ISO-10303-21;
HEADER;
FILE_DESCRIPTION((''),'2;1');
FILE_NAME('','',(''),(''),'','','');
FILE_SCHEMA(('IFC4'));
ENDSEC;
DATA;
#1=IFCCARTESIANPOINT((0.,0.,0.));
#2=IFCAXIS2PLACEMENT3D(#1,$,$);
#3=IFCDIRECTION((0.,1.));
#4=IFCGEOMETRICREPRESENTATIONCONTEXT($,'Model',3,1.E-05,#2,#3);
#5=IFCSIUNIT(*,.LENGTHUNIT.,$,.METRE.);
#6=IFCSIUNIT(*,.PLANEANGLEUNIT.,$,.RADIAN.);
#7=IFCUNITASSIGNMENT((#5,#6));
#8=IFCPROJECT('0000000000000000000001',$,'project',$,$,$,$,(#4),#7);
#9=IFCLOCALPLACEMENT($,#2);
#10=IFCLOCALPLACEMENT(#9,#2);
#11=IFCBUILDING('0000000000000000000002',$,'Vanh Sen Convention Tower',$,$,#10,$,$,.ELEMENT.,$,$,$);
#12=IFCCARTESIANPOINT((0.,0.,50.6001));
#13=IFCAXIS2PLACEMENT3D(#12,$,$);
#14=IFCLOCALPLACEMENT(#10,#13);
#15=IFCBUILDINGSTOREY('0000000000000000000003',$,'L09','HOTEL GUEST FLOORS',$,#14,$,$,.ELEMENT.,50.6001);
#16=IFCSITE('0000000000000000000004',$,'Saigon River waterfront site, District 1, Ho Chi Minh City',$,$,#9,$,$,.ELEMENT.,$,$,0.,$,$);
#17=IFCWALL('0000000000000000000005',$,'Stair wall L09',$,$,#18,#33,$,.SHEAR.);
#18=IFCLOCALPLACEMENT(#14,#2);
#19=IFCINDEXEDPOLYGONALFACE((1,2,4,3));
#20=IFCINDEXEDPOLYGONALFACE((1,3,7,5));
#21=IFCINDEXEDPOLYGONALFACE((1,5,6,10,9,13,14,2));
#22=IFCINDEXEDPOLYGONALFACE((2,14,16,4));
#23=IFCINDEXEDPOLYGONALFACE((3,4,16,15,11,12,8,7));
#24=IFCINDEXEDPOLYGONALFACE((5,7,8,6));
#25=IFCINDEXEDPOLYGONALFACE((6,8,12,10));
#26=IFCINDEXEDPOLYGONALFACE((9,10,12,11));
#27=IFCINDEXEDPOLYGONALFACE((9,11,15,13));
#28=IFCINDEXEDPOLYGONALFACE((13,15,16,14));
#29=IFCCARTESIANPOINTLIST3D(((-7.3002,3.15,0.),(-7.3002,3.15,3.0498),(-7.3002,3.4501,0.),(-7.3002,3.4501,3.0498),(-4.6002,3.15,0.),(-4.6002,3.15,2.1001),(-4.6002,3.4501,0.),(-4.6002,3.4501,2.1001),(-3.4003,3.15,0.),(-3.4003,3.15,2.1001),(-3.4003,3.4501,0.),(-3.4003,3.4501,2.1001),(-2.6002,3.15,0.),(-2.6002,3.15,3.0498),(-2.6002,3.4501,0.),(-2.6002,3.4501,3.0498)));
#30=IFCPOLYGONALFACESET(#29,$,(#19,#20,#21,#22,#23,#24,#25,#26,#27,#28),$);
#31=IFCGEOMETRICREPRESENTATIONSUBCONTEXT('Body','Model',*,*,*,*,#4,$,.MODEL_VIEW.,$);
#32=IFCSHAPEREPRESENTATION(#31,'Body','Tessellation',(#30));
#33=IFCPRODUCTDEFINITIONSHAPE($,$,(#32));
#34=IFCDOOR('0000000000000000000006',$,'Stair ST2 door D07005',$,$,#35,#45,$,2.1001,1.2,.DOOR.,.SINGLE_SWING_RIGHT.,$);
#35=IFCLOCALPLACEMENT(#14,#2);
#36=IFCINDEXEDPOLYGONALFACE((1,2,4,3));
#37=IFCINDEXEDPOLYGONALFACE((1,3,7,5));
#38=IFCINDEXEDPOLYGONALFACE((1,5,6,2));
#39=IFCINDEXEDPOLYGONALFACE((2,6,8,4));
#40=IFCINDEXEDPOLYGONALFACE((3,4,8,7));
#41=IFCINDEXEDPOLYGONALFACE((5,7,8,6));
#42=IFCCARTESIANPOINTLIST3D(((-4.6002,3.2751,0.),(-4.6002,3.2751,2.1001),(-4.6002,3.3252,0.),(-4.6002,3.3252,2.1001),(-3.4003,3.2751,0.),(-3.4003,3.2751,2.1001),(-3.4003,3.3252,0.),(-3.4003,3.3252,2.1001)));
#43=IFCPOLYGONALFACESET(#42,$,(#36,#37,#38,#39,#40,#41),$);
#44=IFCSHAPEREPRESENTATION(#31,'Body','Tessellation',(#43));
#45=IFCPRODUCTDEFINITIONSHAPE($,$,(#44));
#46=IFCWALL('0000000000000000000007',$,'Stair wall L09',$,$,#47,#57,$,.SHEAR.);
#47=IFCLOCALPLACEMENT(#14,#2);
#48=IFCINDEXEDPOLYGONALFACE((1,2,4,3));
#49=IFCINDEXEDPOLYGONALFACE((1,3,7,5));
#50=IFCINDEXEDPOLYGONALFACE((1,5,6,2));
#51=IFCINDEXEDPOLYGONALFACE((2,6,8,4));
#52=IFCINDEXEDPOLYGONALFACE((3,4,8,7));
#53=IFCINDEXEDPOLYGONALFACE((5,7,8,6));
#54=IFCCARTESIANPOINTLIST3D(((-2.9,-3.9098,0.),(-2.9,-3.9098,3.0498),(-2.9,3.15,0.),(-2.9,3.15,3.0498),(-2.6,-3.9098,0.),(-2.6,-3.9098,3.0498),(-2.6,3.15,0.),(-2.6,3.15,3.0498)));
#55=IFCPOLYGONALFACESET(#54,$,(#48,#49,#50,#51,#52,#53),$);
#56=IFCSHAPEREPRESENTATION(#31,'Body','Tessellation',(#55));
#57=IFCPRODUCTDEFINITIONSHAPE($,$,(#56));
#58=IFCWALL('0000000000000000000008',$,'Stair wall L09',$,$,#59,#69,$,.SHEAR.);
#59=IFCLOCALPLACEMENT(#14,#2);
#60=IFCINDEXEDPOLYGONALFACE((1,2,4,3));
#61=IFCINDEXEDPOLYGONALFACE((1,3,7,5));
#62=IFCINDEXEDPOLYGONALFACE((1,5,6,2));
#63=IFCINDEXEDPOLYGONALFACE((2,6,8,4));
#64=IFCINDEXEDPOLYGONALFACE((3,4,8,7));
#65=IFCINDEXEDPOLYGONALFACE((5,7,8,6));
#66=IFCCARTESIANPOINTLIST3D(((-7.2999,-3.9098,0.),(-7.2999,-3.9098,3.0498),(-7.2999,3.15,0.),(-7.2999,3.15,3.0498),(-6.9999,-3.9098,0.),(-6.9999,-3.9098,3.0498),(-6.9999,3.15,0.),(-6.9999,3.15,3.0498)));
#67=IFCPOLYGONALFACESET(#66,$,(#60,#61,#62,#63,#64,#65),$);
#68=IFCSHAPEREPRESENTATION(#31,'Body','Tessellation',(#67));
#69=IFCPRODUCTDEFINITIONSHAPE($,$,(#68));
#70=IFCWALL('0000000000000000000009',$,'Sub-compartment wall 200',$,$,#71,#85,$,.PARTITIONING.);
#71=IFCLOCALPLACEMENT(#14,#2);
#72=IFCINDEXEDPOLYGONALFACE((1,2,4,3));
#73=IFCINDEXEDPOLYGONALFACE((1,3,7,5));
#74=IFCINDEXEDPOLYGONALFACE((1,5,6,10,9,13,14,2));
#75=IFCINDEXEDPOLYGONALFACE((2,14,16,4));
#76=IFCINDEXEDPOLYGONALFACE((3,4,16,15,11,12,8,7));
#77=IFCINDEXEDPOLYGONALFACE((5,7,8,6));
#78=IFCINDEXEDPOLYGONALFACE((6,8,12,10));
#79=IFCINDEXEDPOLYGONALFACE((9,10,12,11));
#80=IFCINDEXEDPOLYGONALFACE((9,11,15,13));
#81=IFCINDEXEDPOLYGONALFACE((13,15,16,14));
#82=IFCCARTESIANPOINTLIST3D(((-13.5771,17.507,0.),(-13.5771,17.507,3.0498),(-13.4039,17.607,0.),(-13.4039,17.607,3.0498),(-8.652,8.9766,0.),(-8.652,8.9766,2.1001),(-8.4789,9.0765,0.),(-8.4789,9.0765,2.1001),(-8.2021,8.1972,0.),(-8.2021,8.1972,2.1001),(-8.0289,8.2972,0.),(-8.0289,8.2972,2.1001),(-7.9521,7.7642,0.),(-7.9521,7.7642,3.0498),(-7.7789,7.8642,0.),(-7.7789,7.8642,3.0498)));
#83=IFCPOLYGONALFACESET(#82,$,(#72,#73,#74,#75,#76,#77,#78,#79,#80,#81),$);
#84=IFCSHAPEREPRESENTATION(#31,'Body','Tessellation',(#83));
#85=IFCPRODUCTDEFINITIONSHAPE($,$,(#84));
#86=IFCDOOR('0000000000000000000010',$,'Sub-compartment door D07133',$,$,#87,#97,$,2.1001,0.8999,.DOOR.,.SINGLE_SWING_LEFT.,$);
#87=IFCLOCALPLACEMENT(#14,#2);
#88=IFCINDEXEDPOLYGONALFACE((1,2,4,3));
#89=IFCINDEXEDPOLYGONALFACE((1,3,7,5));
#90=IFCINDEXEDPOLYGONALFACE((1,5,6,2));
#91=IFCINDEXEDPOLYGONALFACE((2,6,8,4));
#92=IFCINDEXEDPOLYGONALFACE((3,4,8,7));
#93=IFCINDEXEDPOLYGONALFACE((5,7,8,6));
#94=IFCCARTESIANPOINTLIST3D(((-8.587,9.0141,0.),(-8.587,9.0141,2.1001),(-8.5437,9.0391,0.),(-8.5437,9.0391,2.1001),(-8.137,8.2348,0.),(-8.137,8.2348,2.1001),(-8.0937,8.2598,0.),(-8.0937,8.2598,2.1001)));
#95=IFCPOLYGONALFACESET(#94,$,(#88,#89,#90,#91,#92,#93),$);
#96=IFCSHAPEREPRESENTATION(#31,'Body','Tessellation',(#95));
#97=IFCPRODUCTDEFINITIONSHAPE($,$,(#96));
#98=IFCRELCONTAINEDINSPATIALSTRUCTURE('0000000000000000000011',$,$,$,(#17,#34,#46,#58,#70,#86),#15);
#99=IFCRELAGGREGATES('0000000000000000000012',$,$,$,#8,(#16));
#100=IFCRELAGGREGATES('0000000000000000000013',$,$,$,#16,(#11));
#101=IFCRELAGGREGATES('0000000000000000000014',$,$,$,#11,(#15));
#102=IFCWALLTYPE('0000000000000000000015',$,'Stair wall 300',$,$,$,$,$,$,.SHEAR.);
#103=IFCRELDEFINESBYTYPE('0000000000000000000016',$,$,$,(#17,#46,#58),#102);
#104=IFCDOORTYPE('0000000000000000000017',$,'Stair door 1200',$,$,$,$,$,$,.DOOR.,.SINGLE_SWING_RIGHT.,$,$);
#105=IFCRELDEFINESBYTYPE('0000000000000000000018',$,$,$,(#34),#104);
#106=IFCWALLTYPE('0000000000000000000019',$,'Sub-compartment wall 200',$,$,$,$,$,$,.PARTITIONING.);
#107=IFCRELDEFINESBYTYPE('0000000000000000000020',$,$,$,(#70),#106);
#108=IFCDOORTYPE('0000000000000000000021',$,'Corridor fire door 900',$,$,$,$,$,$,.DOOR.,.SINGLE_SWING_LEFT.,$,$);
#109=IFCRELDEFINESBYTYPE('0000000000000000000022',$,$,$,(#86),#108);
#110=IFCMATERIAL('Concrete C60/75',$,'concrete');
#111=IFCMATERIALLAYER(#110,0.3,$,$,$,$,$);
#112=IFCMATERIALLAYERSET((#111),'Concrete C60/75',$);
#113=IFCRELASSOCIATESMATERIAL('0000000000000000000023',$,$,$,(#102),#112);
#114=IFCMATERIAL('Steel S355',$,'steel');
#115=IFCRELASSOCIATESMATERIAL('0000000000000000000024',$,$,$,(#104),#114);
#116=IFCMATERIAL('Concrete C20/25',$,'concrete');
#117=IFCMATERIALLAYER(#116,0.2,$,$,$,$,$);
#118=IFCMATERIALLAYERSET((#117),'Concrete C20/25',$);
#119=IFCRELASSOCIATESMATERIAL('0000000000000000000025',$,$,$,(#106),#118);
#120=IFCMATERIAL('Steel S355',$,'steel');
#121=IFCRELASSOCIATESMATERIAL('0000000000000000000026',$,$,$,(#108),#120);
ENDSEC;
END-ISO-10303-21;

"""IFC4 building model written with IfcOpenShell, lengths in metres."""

from ifc_helpers import new_model, si_unit, direction, frame, frame_2d, origin, place, context, subcontext, project, spatial, rectangle, extrude, material, layer, layer_set, type_object, element, fill, save


model = new_model("IFC4")

# Units and contexts
model_context = context("Model", 3, precision=1e-05, world=origin(), true_north=direction((0.0, 1.0)))
body_context = subcontext(model_context, "Body", "Model", "MODEL_VIEW")
ifc_project = project(units=[si_unit("LENGTHUNIT", "METRE"), si_unit("PLANEANGLEUNIT", "RADIAN")], contexts=[model_context])

# Site, building, storey
site_placement = place(None, origin())
site = spatial("IfcSite", under=ifc_project, at=site_placement, Name="Saigon River waterfront site, District 1, Ho Chi Minh City", CompositionType="ELEMENT", RefElevation=0.0)
building_placement = place(site_placement, origin())
building = spatial("IfcBuilding", under=site, at=building_placement, Name="Vanh Sen Convention Tower", CompositionType="ELEMENT")
storey_placement = place(building_placement, frame((0.0, 0.0, 50.6001)))
storey = spatial("IfcBuildingStorey", under=building, at=storey_placement, Name="L09", Description="HOTEL GUEST FLOORS", CompositionType="ELEMENT", Elevation=50.6001)

# Shared definitions
ifc_material_1 = material(Name="Steel S355", Category="steel")

# Shared definitions
ifc_material_2 = material(Name="Concrete C60/75", Category="concrete")

# Shared definitions
ifc_layer_1 = layer(ifc_material_2, 0.3)
ifc_layer_set_1 = layer_set([ifc_layer_1], Name="Concrete C60/75")
wall_type_1 = type_object("IfcWallType", Name="Stair wall 300", PredefinedType="SHEAR", material=ifc_layer_set_1)

# Wall, opening, door
wall_1_placement = place(storey_placement, frame((-2.6001, 3.3, 0.0), z_axis=(0.0, 0.0, 1.0), x_axis=(-1.0, 0.0, 0.0)))
wall_1 = element("IfcWall", 1, at=wall_1_placement, inside=storey, type_object=wall_type_1, Name="Stair wall L09", PredefinedType="SHEAR", context=body_context, shape_type="SweptSolid", body=[
    extrude(rectangle(XDim=4.7, YDim=0.3, at=frame_2d((2.3501, 0.0))), origin(), (0.0, 0.0, 1.0), 3.0498),
])
opening_1_placement = place(wall_1_placement, frame((0.8, 0.0, 0.0)))
opening_1 = element("IfcOpeningElement", 2, at=opening_1_placement, cuts=wall_1, PredefinedType="OPENING", context=body_context, shape_type="SweptSolid", body=[
    extrude(rectangle(XDim=1.2, YDim=2.1001, at=frame_2d((0.6001, 1.05))), frame((0.0, 0.1599, 0.0), z_axis=(0.0, -1.0, 0.0), x_axis=(1.0, 0.0, 0.0)), (0.0, 0.0, 1.0), 0.3201),
])
door_type_1 = type_object("IfcDoorType", Name="Stair door 1200", OperationType="SINGLE_SWING_RIGHT", PredefinedType="DOOR", material=ifc_material_1)
door_1_placement = place(opening_1_placement, origin())
door_1 = element("IfcDoor", 3, at=door_1_placement, inside=storey, type_object=door_type_1, Name="Stair ST2 door D07005", OperationType="SINGLE_SWING_RIGHT", OverallHeight=2.1001, OverallWidth=1.2, PredefinedType="DOOR", context=body_context, shape_type="SweptSolid", body=[
    extrude(rectangle(XDim=1.2, YDim=2.1001, at=frame_2d((0.6001, 1.05))), frame((0.0, 0.0249, 0.0), z_axis=(0.0, -1.0, 0.0), x_axis=(1.0, 0.0, 0.0)), (0.0, 0.0, 1.0), 0.05),
])
fill(opening_1, door_1)

# Walls
for number, where, z_axis, x_axis, name in (
    (4, (-2.75, 3.1499, 0.0), (0.0, 0.0, 1.0), (0.0, -1.0, 0.0), "Stair wall L09"),
    (5, (-7.1499, 3.1499, 0.0), (0.0, 0.0, 1.0), (0.0, -1.0, 0.0), "Stair wall L09"),
):
    element("IfcWall", number, at=place(storey_placement, frame(where, z_axis=z_axis, x_axis=x_axis)), inside=storey, type_object=wall_type_1, Name=name, PredefinedType="SHEAR", context=body_context, shape_type="SweptSolid", body=[
        extrude(rectangle(XDim=7.0598, YDim=0.3, at=frame_2d((3.5298, 0.0))), origin(), (0.0, 0.0, 1.0), 3.0498),
    ])

# Wall, opening, door
ifc_material_3 = material(Name="Concrete C20/25", Category="concrete")
ifc_layer_2 = layer(ifc_material_3, 0.2)
ifc_layer_set_2 = layer_set([ifc_layer_2], Name="Concrete C20/25")
wall_type_2 = type_object("IfcWallType", Name="Sub-compartment wall 200", PredefinedType="PARTITIONING", material=ifc_layer_set_2)
wall_2_placement = place(storey_placement, frame((-7.8655, 7.8142, 0.0), z_axis=(0.0, 0.0, 1.0), x_axis=(-0.500004, 0.866023, 0.0)))
wall_2 = element("IfcWall", 6, at=wall_2_placement, inside=storey, type_object=wall_type_2, Name="Sub-compartment wall 200", PredefinedType="PARTITIONING", context=body_context, shape_type="SweptSolid", body=[
    extrude(rectangle(XDim=11.25, YDim=0.2, at=frame_2d((5.625, 0.0))), origin(), (0.0, 0.0, 1.0), 3.0498),
])
opening_2_placement = place(wall_2_placement, frame((0.5, 0.0, 0.0)))
opening_2 = element("IfcOpeningElement", 7, at=opening_2_placement, cuts=wall_2, PredefinedType="OPENING", context=body_context, shape_type="SweptSolid", body=[
    extrude(rectangle(XDim=0.8999, YDim=2.1001, at=frame_2d((0.45, 1.05))), frame((0.0, 0.1099, 0.0), z_axis=(0.0, -1.0, 0.0), x_axis=(1.0, 0.0, 0.0)), (0.0, 0.0, 1.0), 0.22),
])
ifc_material_4 = material(Name="Steel S355", Category="steel")
door_type_2 = type_object("IfcDoorType", Name="Corridor fire door 900", OperationType="SINGLE_SWING_LEFT", PredefinedType="DOOR", material=ifc_material_4)
door_2_placement = place(opening_2_placement, origin())
door_2 = element("IfcDoor", 8, at=door_2_placement, inside=storey, type_object=door_type_2, Name="Sub-compartment door D07133", OperationType="SINGLE_SWING_LEFT", OverallHeight=2.1001, OverallWidth=0.8999, PredefinedType="DOOR", context=body_context, shape_type="SweptSolid", body=[
    extrude(rectangle(XDim=0.8999, YDim=2.1001, at=frame_2d((0.45, 1.05))), frame((0.0, 0.0249, 0.0), z_axis=(0.0, -1.0, 0.0), x_axis=(1.0, 0.0, 0.0)), (0.0, 0.0, 1.0), 0.05),
])
fill(opening_2, door_2)

save(model, "model.ifc")
